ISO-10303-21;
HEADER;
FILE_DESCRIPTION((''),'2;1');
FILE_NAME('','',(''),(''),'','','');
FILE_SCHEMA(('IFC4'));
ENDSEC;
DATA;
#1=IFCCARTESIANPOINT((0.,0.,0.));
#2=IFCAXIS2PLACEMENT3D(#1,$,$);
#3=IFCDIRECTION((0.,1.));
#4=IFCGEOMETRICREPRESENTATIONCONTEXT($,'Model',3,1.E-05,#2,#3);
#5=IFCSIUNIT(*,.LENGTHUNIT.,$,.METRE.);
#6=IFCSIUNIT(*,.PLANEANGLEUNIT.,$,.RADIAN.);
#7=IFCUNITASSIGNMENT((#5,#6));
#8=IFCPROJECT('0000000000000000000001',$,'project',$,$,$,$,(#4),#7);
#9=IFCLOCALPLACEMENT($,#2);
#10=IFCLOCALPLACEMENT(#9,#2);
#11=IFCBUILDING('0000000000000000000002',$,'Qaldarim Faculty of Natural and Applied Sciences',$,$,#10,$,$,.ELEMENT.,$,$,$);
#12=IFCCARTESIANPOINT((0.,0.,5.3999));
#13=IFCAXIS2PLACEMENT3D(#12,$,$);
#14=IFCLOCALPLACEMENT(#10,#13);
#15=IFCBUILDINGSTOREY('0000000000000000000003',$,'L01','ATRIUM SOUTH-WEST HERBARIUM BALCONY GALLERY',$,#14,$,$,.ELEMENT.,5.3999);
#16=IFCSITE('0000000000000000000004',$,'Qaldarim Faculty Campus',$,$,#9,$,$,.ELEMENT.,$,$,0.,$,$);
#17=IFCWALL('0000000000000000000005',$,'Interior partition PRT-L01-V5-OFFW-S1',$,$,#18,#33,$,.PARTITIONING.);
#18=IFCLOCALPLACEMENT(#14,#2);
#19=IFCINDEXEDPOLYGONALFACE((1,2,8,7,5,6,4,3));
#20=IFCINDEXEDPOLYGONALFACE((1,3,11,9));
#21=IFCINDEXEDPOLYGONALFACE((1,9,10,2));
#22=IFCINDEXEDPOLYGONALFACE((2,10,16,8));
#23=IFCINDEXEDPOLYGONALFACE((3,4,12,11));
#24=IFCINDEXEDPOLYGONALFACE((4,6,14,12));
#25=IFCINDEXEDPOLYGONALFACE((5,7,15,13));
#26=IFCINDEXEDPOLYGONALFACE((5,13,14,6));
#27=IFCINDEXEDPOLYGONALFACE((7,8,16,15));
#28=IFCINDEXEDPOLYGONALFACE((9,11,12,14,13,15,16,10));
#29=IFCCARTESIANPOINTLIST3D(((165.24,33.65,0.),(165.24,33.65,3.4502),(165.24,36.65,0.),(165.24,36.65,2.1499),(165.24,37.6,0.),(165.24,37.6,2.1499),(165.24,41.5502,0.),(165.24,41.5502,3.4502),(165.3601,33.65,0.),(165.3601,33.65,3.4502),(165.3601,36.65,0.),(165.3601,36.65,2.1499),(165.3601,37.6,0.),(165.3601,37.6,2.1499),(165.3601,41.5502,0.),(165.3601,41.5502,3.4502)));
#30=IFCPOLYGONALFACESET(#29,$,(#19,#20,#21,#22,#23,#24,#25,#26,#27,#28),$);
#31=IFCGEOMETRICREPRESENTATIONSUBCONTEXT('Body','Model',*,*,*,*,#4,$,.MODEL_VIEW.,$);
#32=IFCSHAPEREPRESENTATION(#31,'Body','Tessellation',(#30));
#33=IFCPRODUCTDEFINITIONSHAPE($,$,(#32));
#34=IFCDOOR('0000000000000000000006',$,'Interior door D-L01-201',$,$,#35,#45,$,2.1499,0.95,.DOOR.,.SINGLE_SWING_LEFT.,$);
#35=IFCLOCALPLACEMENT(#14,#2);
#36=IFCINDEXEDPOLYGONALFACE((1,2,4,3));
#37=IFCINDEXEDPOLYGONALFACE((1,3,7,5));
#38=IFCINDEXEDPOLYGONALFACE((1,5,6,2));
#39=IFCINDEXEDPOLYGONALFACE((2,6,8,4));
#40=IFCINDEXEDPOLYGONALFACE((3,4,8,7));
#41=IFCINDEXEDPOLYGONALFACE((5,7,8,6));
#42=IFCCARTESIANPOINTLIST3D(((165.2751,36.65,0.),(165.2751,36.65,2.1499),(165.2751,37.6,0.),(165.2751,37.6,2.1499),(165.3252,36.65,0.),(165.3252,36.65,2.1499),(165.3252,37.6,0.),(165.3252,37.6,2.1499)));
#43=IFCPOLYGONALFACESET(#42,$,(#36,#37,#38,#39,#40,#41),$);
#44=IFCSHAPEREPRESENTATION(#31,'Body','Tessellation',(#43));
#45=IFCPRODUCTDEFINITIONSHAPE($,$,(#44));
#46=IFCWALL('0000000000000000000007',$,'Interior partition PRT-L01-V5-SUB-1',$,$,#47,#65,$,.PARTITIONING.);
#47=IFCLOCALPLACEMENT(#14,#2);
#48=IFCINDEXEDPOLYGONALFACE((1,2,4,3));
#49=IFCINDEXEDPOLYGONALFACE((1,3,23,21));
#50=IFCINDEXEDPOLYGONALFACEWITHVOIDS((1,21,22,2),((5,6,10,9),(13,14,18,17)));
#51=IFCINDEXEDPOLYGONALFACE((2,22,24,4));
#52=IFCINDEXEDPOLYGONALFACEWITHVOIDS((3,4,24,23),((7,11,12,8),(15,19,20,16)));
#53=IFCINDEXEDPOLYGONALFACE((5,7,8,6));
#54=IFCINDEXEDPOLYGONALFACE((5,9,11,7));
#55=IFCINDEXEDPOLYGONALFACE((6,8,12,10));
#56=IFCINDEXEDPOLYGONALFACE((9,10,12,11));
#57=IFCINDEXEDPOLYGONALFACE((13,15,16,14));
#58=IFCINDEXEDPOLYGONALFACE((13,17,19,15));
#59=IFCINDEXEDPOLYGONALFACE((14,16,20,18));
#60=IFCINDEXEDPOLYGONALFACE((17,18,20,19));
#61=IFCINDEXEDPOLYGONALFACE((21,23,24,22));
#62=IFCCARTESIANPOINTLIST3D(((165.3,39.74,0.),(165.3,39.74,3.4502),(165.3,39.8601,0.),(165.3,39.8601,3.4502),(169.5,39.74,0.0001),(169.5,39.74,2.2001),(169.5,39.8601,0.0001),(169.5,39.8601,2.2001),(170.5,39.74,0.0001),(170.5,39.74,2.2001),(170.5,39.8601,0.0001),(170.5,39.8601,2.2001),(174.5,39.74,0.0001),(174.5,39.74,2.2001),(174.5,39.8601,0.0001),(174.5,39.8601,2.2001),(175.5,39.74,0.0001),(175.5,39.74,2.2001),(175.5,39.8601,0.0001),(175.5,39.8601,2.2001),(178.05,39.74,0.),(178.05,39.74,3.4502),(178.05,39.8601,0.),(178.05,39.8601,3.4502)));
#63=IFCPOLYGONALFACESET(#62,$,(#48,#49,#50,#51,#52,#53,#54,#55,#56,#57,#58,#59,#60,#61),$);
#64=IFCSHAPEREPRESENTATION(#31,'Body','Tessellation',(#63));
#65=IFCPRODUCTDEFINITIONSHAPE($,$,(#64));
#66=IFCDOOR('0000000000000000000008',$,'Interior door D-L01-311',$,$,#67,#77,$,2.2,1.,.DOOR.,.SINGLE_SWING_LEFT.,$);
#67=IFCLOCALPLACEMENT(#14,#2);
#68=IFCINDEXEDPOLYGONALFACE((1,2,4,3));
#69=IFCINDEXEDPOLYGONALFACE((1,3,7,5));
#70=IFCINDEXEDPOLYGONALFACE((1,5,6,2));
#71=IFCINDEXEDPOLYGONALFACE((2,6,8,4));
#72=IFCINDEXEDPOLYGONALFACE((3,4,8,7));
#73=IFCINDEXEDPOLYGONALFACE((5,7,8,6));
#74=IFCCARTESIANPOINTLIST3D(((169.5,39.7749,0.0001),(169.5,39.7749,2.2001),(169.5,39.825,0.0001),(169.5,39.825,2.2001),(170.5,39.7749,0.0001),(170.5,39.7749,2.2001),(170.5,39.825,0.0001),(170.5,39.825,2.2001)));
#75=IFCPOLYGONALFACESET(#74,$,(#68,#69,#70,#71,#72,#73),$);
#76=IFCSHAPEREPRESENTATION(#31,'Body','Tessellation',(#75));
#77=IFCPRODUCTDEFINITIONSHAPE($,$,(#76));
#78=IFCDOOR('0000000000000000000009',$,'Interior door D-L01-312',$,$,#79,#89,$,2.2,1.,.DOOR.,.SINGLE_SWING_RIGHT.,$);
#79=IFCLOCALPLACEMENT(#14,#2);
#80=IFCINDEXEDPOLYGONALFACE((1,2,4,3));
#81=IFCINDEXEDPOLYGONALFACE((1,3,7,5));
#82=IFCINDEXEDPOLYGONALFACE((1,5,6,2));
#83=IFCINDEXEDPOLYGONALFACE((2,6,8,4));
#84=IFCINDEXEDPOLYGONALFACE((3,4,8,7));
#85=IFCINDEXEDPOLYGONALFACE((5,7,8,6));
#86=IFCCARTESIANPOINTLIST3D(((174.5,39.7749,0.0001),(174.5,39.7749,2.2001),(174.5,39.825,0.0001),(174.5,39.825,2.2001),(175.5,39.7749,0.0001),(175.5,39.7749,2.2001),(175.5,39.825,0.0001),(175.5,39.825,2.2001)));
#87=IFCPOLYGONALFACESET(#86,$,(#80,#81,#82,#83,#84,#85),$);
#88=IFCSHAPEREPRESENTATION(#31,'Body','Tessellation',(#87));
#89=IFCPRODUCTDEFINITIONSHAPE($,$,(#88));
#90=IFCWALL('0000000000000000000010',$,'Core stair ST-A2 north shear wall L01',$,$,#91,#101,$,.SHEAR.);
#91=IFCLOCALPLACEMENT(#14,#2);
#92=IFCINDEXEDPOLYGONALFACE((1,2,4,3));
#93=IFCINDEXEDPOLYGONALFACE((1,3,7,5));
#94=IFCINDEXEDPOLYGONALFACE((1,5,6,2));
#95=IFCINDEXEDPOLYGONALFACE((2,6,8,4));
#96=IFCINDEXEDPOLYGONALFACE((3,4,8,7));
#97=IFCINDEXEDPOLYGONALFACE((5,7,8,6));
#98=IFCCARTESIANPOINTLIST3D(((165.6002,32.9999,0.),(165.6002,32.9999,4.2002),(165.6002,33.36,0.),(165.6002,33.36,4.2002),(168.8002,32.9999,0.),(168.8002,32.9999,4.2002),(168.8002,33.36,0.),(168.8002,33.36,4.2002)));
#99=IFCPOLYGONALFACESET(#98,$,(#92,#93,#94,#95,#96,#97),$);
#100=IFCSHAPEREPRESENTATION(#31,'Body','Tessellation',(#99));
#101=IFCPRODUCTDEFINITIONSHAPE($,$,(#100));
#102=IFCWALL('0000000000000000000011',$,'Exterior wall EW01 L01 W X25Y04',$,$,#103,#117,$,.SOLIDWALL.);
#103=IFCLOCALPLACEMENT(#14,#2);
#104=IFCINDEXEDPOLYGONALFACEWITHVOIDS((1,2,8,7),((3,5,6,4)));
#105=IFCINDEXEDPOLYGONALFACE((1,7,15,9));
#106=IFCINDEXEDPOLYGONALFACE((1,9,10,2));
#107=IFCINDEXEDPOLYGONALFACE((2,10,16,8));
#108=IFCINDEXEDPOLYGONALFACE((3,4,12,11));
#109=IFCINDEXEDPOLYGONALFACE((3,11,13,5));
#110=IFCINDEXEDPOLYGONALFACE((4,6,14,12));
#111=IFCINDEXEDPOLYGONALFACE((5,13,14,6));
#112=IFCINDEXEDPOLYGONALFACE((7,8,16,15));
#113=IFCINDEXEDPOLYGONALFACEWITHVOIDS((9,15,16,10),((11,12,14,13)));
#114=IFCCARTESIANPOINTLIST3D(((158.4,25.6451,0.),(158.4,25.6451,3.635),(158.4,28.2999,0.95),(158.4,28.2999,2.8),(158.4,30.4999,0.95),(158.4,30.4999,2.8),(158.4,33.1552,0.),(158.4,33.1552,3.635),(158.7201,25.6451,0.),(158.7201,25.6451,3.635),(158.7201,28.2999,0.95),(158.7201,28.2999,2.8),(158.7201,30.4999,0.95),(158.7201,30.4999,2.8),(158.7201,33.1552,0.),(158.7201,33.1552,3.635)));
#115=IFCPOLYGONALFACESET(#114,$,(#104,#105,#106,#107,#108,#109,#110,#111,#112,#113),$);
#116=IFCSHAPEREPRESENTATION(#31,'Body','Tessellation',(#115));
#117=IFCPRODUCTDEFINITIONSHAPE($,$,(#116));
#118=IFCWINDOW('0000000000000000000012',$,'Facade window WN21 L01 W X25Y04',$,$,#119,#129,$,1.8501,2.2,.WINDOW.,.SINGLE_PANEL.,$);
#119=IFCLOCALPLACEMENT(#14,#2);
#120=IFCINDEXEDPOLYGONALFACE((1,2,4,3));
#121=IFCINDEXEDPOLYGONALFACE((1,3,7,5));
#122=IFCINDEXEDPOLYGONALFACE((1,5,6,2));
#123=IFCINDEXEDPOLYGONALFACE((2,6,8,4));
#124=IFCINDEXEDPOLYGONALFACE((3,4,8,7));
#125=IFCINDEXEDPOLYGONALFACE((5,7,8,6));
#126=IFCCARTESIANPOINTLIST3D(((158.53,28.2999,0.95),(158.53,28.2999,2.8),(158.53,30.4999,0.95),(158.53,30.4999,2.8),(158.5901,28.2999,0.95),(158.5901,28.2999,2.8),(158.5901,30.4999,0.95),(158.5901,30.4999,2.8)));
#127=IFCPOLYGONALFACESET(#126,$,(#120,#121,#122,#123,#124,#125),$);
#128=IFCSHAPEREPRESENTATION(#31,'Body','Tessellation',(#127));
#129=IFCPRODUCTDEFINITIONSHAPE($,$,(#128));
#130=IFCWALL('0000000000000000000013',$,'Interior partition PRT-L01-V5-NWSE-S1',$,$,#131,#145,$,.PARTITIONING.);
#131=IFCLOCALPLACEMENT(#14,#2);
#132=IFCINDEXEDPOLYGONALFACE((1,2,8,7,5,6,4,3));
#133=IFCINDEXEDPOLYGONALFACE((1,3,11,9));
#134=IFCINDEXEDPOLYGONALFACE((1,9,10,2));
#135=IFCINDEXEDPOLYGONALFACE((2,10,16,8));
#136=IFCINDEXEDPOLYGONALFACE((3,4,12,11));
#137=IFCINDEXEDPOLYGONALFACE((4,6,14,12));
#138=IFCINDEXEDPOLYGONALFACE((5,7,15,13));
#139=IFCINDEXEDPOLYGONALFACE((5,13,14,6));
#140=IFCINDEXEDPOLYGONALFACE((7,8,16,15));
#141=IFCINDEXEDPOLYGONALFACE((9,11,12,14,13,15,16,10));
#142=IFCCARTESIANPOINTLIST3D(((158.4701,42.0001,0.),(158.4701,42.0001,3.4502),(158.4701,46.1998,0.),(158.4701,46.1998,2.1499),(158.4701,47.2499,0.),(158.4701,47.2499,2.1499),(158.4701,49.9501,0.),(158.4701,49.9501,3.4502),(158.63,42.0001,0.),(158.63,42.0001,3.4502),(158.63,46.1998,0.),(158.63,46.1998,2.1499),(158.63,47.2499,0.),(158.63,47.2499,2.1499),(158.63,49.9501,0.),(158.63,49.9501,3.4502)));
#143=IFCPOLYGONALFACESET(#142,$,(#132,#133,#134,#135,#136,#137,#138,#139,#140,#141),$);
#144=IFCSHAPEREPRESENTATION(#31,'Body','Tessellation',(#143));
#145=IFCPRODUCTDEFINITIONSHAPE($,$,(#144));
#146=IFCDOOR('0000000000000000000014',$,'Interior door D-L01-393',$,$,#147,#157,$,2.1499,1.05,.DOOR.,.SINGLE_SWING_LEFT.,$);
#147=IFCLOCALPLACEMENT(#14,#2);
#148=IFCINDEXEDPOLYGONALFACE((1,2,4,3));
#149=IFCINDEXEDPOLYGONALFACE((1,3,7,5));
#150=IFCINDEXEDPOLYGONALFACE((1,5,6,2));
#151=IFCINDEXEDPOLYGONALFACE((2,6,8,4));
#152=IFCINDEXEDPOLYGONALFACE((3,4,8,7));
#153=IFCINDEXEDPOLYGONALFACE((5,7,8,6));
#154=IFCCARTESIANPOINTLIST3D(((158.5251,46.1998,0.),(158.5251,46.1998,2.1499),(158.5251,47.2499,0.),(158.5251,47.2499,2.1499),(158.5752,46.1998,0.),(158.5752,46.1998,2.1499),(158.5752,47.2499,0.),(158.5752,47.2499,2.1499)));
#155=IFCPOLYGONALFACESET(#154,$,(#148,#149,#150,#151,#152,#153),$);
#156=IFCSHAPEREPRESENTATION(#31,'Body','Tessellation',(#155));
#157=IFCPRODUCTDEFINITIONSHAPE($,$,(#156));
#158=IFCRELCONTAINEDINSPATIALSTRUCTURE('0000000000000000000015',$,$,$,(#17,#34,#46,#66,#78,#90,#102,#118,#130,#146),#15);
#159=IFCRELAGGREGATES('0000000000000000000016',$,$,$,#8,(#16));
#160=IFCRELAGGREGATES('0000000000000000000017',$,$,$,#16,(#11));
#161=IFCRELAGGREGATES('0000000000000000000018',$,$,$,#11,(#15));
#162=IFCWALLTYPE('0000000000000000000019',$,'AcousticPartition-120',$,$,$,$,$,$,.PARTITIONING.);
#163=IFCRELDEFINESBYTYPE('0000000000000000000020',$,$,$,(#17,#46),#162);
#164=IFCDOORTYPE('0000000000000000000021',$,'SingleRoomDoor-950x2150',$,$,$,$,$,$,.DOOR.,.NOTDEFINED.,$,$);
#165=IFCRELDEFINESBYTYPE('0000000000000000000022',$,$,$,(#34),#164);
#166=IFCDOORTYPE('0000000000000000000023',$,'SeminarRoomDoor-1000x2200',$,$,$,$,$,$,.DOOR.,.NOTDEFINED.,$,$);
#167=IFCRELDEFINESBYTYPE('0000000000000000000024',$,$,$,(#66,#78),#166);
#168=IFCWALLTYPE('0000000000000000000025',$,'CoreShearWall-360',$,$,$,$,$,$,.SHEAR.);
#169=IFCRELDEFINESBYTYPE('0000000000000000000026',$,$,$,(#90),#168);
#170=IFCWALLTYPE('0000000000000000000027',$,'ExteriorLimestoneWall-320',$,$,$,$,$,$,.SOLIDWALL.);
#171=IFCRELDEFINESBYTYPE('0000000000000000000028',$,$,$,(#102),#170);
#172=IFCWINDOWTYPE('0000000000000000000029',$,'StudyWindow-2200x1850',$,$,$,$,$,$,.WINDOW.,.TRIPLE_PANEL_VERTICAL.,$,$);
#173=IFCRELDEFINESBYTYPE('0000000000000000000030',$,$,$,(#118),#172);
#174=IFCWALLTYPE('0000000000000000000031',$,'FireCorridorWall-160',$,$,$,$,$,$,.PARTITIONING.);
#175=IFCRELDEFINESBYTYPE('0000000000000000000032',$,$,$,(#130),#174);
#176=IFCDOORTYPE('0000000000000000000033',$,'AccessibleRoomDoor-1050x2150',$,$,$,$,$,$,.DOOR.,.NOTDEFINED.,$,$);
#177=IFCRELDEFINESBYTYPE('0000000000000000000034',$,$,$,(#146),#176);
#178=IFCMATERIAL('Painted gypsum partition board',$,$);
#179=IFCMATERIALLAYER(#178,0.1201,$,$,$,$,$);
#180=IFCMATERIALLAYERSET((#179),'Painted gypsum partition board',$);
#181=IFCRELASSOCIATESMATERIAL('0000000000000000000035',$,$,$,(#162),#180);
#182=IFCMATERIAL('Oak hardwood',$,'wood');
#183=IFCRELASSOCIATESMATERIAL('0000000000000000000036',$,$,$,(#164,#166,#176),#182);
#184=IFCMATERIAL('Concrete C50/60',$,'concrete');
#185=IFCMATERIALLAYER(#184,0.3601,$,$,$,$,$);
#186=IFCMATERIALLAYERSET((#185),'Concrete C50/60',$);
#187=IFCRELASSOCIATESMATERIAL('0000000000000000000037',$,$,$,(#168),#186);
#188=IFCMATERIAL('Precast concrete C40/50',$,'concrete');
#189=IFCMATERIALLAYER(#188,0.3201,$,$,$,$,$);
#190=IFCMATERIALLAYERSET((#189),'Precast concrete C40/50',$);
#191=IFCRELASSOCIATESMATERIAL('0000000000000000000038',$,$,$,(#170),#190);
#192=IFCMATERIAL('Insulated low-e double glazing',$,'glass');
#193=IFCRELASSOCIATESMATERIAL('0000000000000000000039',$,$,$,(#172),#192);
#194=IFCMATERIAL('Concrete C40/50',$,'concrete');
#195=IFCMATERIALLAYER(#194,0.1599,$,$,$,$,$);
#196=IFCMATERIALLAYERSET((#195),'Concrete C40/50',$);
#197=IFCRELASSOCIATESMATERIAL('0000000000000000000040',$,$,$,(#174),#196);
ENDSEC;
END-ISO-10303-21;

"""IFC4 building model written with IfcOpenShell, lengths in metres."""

from ifc_helpers import new_model, si_unit, direction, frame, frame_2d, origin, place, context, subcontext, project, spatial, rectangle, extrude, material, layer, layer_set, type_object, element, fill, save


model = new_model("IFC4")

# Units and contexts
model_context = context("Model", 3, precision=1e-05, world=origin(), true_north=direction((0.0, 1.0)))
body_context = subcontext(model_context, "Body", "Model", "MODEL_VIEW")
ifc_project = project(units=[si_unit("LENGTHUNIT", "METRE"), si_unit("PLANEANGLEUNIT", "RADIAN")], contexts=[model_context])

# Site, building, storey
site_placement = place(None, origin())
site = spatial("IfcSite", under=ifc_project, at=site_placement, Name="Qaldarim Faculty Campus", CompositionType="ELEMENT", RefElevation=0.0)
building_placement = place(site_placement, origin())
building = spatial("IfcBuilding", under=site, at=building_placement, Name="Qaldarim Faculty of Natural and Applied Sciences", CompositionType="ELEMENT")
storey_placement = place(building_placement, frame((0.0, 0.0, 5.3999)))
storey = spatial("IfcBuildingStorey", under=building, at=storey_placement, Name="L01", Description="ATRIUM SOUTH-WEST HERBARIUM BALCONY GALLERY", CompositionType="ELEMENT", Elevation=5.3999)

# Shared definitions
ifc_material_1 = material(Name="Concrete C50/60", Category="concrete")

# Shared definitions
ifc_material_2 = material(Name="Concrete C40/50", Category="concrete")

# Wall, opening, door
ifc_material_3 = material(Name="Painted gypsum partition board")
ifc_layer_1 = layer(ifc_material_3, 0.1201)
ifc_layer_set_1 = layer_set([ifc_layer_1], Name="Painted gypsum partition board")
wall_type_1 = type_object("IfcWallType", Name="AcousticPartition-120", PredefinedType="PARTITIONING", material=ifc_layer_set_1)
wall_1_placement = place(storey_placement, frame((165.3, 33.6499, 0.0), z_axis=(0.0, 0.0, 1.0), x_axis=(0.0, 1.0, 0.0)))
wall_1 = element("IfcWall", 1, at=wall_1_placement, inside=storey, type_object=wall_type_1, Name="Interior partition PRT-L01-V5-OFFW-S1", PredefinedType="PARTITIONING", context=body_context, shape_type="SweptSolid", body=[
    extrude(rectangle(XDim=7.9001, YDim=0.1201, at=frame_2d((3.9502, 0.0))), origin(), (0.0, 0.0, 1.0), 3.4502),
])
opening_1_placement = place(wall_1_placement, frame((3.0, 0.0, 0.0)))
opening_1 = element("IfcOpeningElement", 2, at=opening_1_placement, cuts=wall_1, PredefinedType="OPENING", context=body_context, shape_type="SweptSolid", body=[
    extrude(rectangle(XDim=0.95, YDim=2.1499, at=frame_2d((0.4751, 1.075))), frame((0.0, 0.0701, 0.0), z_axis=(0.0, -1.0, 0.0), x_axis=(1.0, 0.0, 0.0)), (0.0, 0.0, 1.0), 0.1401),
])
ifc_material_4 = material(Name="Oak hardwood", Category="wood")
door_type_1 = type_object("IfcDoorType", Name="SingleRoomDoor-950x2150", OperationType="NOTDEFINED", PredefinedType="DOOR", material=ifc_material_4)
door_1_placement = place(opening_1_placement, origin())
door_1 = element("IfcDoor", 3, at=door_1_placement, inside=storey, type_object=door_type_1, Name="Interior door D-L01-201", OperationType="SINGLE_SWING_LEFT", OverallHeight=2.1499, OverallWidth=0.95, PredefinedType="DOOR", context=body_context, shape_type="SweptSolid", body=[
    extrude(rectangle(XDim=0.95, YDim=2.1499, at=frame_2d((0.4751, 1.075))), frame((0.0, 0.0249, 0.0), z_axis=(0.0, -1.0, 0.0), x_axis=(1.0, 0.0, 0.0)), (0.0, 0.0, 1.0), 0.05),
])
fill(opening_1, door_1)

# Wall, openings, doors
wall_2_placement = place(storey_placement, frame((165.3, 39.8, 0.0), z_axis=(0.0, 0.0, 1.0), x_axis=(1.0, 0.0, 0.0)))
wall_2 = element("IfcWall", 4, at=wall_2_placement, inside=storey, type_object=wall_type_1, Name="Interior partition PRT-L01-V5-SUB-1", PredefinedType="PARTITIONING", context=body_context, shape_type="SweptSolid", body=[
    extrude(rectangle(XDim=12.75, YDim=0.1201, at=frame_2d((6.375, 0.0))), origin(), (0.0, 0.0, 1.0), 3.4502),
])
opening_2_placement = place(wall_2_placement, frame((4.2, 0.0, 0.0)))
opening_2 = element("IfcOpeningElement", 5, at=opening_2_placement, cuts=wall_2, PredefinedType="OPENING", context=body_context, shape_type="SweptSolid", body=[
    extrude(rectangle(XDim=1.0, YDim=2.2, at=frame_2d((0.5, 1.1001))), frame((0.0, 0.0701, 0.0), z_axis=(0.0, -1.0, 0.0), x_axis=(1.0, 0.0, 0.0)), (0.0, 0.0, 1.0), 0.1401),
])
opening_3_placement = place(wall_2_placement, frame((9.2, 0.0, 0.0)))
opening_3 = element("IfcOpeningElement", 6, at=opening_3_placement, cuts=wall_2, PredefinedType="OPENING", context=body_context, shape_type="SweptSolid", body=[
    extrude(rectangle(XDim=1.0, YDim=2.2, at=frame_2d((0.5, 1.1001))), frame((0.0, 0.0701, 0.0), z_axis=(0.0, -1.0, 0.0), x_axis=(1.0, 0.0, 0.0)), (0.0, 0.0, 1.0), 0.1401),
])
door_type_2 = type_object("IfcDoorType", Name="SeminarRoomDoor-1000x2200", OperationType="NOTDEFINED", PredefinedType="DOOR", material=ifc_material_4)
door_2_placement = place(opening_2_placement, origin())
door_2 = element("IfcDoor", 7, at=door_2_placement, inside=storey, type_object=door_type_2, Name="Interior door D-L01-311", OperationType="SINGLE_SWING_LEFT", OverallHeight=2.2, OverallWidth=1.0, PredefinedType="DOOR", context=body_context, shape_type="SweptSolid", body=[
    extrude(rectangle(XDim=1.0, YDim=2.2, at=frame_2d((0.5, 1.1001))), frame((0.0, 0.0249, 0.0), z_axis=(0.0, -1.0, 0.0), x_axis=(1.0, 0.0, 0.0)), (0.0, 0.0, 1.0), 0.05),
])
fill(opening_2, door_2)
door_3_placement = place(opening_3_placement, origin())
door_3 = element("IfcDoor", 8, at=door_3_placement, inside=storey, type_object=door_type_2, Name="Interior door D-L01-312", OperationType="SINGLE_SWING_RIGHT", OverallHeight=2.2, OverallWidth=1.0, PredefinedType="DOOR", context=body_context, shape_type="SweptSolid", body=[
    extrude(rectangle(XDim=1.0, YDim=2.2, at=frame_2d((0.5, 1.1001))), frame((0.0, 0.0249, 0.0), z_axis=(0.0, -1.0, 0.0), x_axis=(1.0, 0.0, 0.0)), (0.0, 0.0, 1.0), 0.05),
])
fill(opening_3, door_3)

# Wall
ifc_layer_2 = layer(ifc_material_1, 0.3601)
ifc_layer_set_2 = layer_set([ifc_layer_2], Name="Concrete C50/60")
wall_type_2 = type_object("IfcWallType", Name="CoreShearWall-360", PredefinedType="SHEAR", material=ifc_layer_set_2)
wall_3_placement = place(storey_placement, frame((165.6001, 33.1799, 0.0), z_axis=(0.0, 0.0, 1.0), x_axis=(1.0, 0.0, 0.0)))
element("IfcWall", 9, at=wall_3_placement, inside=storey, type_object=wall_type_2, Name="Core stair ST-A2 north shear wall L01", PredefinedType="SHEAR", context=body_context, shape_type="SweptSolid", body=[
    extrude(rectangle(XDim=3.2, YDim=0.3601, at=frame_2d((1.6001, 0.0))), origin(), (0.0, 0.0, 1.0), 4.2002),
])

# Wall, opening, window
ifc_material_5 = material(Name="Precast concrete C40/50", Category="concrete")
ifc_layer_3 = layer(ifc_material_5, 0.3201)
ifc_layer_set_3 = layer_set([ifc_layer_3], Name="Precast concrete C40/50")
wall_type_3 = type_object("IfcWallType", Name="ExteriorLimestoneWall-320", PredefinedType="SOLIDWALL", material=ifc_layer_set_3)
wall_4_placement = place(storey_placement, frame((158.5601, 33.155, 0.0), z_axis=(0.0, 0.0, 1.0), x_axis=(0.0, -1.0, 0.0)))
wall_4 = element("IfcWall", 10, at=wall_4_placement, inside=storey, type_object=wall_type_3, Name="Exterior wall EW01 L01 W X25Y04", PredefinedType="SOLIDWALL", context=body_context, shape_type="SweptSolid", body=[
    extrude(rectangle(XDim=7.51, YDim=0.3201, at=frame_2d((3.7549, 0.0))), origin(), (0.0, 0.0, 1.0), 3.635),
])
opening_4_placement = place(wall_4_placement, frame((2.655, 0.0, 0.95)))
opening_4 = element("IfcOpeningElement", 11, at=opening_4_placement, cuts=wall_4, PredefinedType="OPENING", context=body_context, shape_type="SweptSolid", body=[
    extrude(rectangle(XDim=2.2, YDim=1.8501, at=frame_2d((1.1001, 0.925))), frame((0.0, 0.1699, 0.0), z_axis=(0.0, -1.0, 0.0), x_axis=(1.0, 0.0, 0.0)), (0.0, 0.0, 1.0), 0.3401),
])
ifc_material_6 = material(Name="Insulated low-e double glazing", Category="glass")
window_type = type_object("IfcWindowType", Name="StudyWindow-2200x1850", PartitioningType="TRIPLE_PANEL_VERTICAL", PredefinedType="WINDOW", material=ifc_material_6)
window_placement = place(opening_4_placement, origin())
window = element("IfcWindow", 12, at=window_placement, inside=storey, type_object=window_type, Name="Facade window WN21 L01 W X25Y04", OverallHeight=1.8501, OverallWidth=2.2, PartitioningType="SINGLE_PANEL", PredefinedType="WINDOW", context=body_context, shape_type="SweptSolid", body=[
    extrude(rectangle(XDim=2.2, YDim=1.8501, at=frame_2d((1.1001, 0.925))), frame((0.0, 0.03, 0.0), z_axis=(0.0, -1.0, 0.0), x_axis=(1.0, 0.0, 0.0)), (0.0, 0.0, 1.0), 0.0601),
])
fill(opening_4, window)

# Wall, opening, door
ifc_layer_4 = layer(ifc_material_2, 0.1599)
ifc_layer_set_4 = layer_set([ifc_layer_4], Name="Concrete C40/50")
wall_type_4 = type_object("IfcWallType", Name="FireCorridorWall-160", PredefinedType="PARTITIONING", material=ifc_layer_set_4)
wall_5_placement = place(storey_placement, frame((158.55, 42.0, 0.0), z_axis=(0.0, 0.0, 1.0), x_axis=(0.0, 1.0, 0.0)))
wall_5 = element("IfcWall", 13, at=wall_5_placement, inside=storey, type_object=wall_type_4, Name="Interior partition PRT-L01-V5-NWSE-S1", PredefinedType="PARTITIONING", context=body_context, shape_type="SweptSolid", body=[
    extrude(rectangle(XDim=7.95, YDim=0.1599, at=frame_2d((3.9751, 0.0))), origin(), (0.0, 0.0, 1.0), 3.4502),
])
opening_5_placement = place(wall_5_placement, frame((4.2, 0.0, 0.0)))
opening_5 = element("IfcOpeningElement", 14, at=opening_5_placement, cuts=wall_5, PredefinedType="OPENING", context=body_context, shape_type="SweptSolid", body=[
    extrude(rectangle(XDim=1.05, YDim=2.1499, at=frame_2d((0.5249, 1.075))), frame((0.0, 0.0898, 0.0), z_axis=(0.0, -1.0, 0.0), x_axis=(1.0, 0.0, 0.0)), (0.0, 0.0, 1.0), 0.1799),
])
door_type_3 = type_object("IfcDoorType", Name="AccessibleRoomDoor-1050x2150", OperationType="NOTDEFINED", PredefinedType="DOOR", material=ifc_material_4)
door_4_placement = place(opening_5_placement, origin())
door_4 = element("IfcDoor", 15, at=door_4_placement, inside=storey, type_object=door_type_3, Name="Interior door D-L01-393", OperationType="SINGLE_SWING_LEFT", OverallHeight=2.1499, OverallWidth=1.05, PredefinedType="DOOR", context=body_context, shape_type="SweptSolid", body=[
    extrude(rectangle(XDim=1.05, YDim=2.1499, at=frame_2d((0.5249, 1.075))), frame((0.0, 0.0249, 0.0), z_axis=(0.0, -1.0, 0.0), x_axis=(1.0, 0.0, 0.0)), (0.0, 0.0, 1.0), 0.05),
])
fill(opening_5, door_4)

save(model, "model.ifc")
